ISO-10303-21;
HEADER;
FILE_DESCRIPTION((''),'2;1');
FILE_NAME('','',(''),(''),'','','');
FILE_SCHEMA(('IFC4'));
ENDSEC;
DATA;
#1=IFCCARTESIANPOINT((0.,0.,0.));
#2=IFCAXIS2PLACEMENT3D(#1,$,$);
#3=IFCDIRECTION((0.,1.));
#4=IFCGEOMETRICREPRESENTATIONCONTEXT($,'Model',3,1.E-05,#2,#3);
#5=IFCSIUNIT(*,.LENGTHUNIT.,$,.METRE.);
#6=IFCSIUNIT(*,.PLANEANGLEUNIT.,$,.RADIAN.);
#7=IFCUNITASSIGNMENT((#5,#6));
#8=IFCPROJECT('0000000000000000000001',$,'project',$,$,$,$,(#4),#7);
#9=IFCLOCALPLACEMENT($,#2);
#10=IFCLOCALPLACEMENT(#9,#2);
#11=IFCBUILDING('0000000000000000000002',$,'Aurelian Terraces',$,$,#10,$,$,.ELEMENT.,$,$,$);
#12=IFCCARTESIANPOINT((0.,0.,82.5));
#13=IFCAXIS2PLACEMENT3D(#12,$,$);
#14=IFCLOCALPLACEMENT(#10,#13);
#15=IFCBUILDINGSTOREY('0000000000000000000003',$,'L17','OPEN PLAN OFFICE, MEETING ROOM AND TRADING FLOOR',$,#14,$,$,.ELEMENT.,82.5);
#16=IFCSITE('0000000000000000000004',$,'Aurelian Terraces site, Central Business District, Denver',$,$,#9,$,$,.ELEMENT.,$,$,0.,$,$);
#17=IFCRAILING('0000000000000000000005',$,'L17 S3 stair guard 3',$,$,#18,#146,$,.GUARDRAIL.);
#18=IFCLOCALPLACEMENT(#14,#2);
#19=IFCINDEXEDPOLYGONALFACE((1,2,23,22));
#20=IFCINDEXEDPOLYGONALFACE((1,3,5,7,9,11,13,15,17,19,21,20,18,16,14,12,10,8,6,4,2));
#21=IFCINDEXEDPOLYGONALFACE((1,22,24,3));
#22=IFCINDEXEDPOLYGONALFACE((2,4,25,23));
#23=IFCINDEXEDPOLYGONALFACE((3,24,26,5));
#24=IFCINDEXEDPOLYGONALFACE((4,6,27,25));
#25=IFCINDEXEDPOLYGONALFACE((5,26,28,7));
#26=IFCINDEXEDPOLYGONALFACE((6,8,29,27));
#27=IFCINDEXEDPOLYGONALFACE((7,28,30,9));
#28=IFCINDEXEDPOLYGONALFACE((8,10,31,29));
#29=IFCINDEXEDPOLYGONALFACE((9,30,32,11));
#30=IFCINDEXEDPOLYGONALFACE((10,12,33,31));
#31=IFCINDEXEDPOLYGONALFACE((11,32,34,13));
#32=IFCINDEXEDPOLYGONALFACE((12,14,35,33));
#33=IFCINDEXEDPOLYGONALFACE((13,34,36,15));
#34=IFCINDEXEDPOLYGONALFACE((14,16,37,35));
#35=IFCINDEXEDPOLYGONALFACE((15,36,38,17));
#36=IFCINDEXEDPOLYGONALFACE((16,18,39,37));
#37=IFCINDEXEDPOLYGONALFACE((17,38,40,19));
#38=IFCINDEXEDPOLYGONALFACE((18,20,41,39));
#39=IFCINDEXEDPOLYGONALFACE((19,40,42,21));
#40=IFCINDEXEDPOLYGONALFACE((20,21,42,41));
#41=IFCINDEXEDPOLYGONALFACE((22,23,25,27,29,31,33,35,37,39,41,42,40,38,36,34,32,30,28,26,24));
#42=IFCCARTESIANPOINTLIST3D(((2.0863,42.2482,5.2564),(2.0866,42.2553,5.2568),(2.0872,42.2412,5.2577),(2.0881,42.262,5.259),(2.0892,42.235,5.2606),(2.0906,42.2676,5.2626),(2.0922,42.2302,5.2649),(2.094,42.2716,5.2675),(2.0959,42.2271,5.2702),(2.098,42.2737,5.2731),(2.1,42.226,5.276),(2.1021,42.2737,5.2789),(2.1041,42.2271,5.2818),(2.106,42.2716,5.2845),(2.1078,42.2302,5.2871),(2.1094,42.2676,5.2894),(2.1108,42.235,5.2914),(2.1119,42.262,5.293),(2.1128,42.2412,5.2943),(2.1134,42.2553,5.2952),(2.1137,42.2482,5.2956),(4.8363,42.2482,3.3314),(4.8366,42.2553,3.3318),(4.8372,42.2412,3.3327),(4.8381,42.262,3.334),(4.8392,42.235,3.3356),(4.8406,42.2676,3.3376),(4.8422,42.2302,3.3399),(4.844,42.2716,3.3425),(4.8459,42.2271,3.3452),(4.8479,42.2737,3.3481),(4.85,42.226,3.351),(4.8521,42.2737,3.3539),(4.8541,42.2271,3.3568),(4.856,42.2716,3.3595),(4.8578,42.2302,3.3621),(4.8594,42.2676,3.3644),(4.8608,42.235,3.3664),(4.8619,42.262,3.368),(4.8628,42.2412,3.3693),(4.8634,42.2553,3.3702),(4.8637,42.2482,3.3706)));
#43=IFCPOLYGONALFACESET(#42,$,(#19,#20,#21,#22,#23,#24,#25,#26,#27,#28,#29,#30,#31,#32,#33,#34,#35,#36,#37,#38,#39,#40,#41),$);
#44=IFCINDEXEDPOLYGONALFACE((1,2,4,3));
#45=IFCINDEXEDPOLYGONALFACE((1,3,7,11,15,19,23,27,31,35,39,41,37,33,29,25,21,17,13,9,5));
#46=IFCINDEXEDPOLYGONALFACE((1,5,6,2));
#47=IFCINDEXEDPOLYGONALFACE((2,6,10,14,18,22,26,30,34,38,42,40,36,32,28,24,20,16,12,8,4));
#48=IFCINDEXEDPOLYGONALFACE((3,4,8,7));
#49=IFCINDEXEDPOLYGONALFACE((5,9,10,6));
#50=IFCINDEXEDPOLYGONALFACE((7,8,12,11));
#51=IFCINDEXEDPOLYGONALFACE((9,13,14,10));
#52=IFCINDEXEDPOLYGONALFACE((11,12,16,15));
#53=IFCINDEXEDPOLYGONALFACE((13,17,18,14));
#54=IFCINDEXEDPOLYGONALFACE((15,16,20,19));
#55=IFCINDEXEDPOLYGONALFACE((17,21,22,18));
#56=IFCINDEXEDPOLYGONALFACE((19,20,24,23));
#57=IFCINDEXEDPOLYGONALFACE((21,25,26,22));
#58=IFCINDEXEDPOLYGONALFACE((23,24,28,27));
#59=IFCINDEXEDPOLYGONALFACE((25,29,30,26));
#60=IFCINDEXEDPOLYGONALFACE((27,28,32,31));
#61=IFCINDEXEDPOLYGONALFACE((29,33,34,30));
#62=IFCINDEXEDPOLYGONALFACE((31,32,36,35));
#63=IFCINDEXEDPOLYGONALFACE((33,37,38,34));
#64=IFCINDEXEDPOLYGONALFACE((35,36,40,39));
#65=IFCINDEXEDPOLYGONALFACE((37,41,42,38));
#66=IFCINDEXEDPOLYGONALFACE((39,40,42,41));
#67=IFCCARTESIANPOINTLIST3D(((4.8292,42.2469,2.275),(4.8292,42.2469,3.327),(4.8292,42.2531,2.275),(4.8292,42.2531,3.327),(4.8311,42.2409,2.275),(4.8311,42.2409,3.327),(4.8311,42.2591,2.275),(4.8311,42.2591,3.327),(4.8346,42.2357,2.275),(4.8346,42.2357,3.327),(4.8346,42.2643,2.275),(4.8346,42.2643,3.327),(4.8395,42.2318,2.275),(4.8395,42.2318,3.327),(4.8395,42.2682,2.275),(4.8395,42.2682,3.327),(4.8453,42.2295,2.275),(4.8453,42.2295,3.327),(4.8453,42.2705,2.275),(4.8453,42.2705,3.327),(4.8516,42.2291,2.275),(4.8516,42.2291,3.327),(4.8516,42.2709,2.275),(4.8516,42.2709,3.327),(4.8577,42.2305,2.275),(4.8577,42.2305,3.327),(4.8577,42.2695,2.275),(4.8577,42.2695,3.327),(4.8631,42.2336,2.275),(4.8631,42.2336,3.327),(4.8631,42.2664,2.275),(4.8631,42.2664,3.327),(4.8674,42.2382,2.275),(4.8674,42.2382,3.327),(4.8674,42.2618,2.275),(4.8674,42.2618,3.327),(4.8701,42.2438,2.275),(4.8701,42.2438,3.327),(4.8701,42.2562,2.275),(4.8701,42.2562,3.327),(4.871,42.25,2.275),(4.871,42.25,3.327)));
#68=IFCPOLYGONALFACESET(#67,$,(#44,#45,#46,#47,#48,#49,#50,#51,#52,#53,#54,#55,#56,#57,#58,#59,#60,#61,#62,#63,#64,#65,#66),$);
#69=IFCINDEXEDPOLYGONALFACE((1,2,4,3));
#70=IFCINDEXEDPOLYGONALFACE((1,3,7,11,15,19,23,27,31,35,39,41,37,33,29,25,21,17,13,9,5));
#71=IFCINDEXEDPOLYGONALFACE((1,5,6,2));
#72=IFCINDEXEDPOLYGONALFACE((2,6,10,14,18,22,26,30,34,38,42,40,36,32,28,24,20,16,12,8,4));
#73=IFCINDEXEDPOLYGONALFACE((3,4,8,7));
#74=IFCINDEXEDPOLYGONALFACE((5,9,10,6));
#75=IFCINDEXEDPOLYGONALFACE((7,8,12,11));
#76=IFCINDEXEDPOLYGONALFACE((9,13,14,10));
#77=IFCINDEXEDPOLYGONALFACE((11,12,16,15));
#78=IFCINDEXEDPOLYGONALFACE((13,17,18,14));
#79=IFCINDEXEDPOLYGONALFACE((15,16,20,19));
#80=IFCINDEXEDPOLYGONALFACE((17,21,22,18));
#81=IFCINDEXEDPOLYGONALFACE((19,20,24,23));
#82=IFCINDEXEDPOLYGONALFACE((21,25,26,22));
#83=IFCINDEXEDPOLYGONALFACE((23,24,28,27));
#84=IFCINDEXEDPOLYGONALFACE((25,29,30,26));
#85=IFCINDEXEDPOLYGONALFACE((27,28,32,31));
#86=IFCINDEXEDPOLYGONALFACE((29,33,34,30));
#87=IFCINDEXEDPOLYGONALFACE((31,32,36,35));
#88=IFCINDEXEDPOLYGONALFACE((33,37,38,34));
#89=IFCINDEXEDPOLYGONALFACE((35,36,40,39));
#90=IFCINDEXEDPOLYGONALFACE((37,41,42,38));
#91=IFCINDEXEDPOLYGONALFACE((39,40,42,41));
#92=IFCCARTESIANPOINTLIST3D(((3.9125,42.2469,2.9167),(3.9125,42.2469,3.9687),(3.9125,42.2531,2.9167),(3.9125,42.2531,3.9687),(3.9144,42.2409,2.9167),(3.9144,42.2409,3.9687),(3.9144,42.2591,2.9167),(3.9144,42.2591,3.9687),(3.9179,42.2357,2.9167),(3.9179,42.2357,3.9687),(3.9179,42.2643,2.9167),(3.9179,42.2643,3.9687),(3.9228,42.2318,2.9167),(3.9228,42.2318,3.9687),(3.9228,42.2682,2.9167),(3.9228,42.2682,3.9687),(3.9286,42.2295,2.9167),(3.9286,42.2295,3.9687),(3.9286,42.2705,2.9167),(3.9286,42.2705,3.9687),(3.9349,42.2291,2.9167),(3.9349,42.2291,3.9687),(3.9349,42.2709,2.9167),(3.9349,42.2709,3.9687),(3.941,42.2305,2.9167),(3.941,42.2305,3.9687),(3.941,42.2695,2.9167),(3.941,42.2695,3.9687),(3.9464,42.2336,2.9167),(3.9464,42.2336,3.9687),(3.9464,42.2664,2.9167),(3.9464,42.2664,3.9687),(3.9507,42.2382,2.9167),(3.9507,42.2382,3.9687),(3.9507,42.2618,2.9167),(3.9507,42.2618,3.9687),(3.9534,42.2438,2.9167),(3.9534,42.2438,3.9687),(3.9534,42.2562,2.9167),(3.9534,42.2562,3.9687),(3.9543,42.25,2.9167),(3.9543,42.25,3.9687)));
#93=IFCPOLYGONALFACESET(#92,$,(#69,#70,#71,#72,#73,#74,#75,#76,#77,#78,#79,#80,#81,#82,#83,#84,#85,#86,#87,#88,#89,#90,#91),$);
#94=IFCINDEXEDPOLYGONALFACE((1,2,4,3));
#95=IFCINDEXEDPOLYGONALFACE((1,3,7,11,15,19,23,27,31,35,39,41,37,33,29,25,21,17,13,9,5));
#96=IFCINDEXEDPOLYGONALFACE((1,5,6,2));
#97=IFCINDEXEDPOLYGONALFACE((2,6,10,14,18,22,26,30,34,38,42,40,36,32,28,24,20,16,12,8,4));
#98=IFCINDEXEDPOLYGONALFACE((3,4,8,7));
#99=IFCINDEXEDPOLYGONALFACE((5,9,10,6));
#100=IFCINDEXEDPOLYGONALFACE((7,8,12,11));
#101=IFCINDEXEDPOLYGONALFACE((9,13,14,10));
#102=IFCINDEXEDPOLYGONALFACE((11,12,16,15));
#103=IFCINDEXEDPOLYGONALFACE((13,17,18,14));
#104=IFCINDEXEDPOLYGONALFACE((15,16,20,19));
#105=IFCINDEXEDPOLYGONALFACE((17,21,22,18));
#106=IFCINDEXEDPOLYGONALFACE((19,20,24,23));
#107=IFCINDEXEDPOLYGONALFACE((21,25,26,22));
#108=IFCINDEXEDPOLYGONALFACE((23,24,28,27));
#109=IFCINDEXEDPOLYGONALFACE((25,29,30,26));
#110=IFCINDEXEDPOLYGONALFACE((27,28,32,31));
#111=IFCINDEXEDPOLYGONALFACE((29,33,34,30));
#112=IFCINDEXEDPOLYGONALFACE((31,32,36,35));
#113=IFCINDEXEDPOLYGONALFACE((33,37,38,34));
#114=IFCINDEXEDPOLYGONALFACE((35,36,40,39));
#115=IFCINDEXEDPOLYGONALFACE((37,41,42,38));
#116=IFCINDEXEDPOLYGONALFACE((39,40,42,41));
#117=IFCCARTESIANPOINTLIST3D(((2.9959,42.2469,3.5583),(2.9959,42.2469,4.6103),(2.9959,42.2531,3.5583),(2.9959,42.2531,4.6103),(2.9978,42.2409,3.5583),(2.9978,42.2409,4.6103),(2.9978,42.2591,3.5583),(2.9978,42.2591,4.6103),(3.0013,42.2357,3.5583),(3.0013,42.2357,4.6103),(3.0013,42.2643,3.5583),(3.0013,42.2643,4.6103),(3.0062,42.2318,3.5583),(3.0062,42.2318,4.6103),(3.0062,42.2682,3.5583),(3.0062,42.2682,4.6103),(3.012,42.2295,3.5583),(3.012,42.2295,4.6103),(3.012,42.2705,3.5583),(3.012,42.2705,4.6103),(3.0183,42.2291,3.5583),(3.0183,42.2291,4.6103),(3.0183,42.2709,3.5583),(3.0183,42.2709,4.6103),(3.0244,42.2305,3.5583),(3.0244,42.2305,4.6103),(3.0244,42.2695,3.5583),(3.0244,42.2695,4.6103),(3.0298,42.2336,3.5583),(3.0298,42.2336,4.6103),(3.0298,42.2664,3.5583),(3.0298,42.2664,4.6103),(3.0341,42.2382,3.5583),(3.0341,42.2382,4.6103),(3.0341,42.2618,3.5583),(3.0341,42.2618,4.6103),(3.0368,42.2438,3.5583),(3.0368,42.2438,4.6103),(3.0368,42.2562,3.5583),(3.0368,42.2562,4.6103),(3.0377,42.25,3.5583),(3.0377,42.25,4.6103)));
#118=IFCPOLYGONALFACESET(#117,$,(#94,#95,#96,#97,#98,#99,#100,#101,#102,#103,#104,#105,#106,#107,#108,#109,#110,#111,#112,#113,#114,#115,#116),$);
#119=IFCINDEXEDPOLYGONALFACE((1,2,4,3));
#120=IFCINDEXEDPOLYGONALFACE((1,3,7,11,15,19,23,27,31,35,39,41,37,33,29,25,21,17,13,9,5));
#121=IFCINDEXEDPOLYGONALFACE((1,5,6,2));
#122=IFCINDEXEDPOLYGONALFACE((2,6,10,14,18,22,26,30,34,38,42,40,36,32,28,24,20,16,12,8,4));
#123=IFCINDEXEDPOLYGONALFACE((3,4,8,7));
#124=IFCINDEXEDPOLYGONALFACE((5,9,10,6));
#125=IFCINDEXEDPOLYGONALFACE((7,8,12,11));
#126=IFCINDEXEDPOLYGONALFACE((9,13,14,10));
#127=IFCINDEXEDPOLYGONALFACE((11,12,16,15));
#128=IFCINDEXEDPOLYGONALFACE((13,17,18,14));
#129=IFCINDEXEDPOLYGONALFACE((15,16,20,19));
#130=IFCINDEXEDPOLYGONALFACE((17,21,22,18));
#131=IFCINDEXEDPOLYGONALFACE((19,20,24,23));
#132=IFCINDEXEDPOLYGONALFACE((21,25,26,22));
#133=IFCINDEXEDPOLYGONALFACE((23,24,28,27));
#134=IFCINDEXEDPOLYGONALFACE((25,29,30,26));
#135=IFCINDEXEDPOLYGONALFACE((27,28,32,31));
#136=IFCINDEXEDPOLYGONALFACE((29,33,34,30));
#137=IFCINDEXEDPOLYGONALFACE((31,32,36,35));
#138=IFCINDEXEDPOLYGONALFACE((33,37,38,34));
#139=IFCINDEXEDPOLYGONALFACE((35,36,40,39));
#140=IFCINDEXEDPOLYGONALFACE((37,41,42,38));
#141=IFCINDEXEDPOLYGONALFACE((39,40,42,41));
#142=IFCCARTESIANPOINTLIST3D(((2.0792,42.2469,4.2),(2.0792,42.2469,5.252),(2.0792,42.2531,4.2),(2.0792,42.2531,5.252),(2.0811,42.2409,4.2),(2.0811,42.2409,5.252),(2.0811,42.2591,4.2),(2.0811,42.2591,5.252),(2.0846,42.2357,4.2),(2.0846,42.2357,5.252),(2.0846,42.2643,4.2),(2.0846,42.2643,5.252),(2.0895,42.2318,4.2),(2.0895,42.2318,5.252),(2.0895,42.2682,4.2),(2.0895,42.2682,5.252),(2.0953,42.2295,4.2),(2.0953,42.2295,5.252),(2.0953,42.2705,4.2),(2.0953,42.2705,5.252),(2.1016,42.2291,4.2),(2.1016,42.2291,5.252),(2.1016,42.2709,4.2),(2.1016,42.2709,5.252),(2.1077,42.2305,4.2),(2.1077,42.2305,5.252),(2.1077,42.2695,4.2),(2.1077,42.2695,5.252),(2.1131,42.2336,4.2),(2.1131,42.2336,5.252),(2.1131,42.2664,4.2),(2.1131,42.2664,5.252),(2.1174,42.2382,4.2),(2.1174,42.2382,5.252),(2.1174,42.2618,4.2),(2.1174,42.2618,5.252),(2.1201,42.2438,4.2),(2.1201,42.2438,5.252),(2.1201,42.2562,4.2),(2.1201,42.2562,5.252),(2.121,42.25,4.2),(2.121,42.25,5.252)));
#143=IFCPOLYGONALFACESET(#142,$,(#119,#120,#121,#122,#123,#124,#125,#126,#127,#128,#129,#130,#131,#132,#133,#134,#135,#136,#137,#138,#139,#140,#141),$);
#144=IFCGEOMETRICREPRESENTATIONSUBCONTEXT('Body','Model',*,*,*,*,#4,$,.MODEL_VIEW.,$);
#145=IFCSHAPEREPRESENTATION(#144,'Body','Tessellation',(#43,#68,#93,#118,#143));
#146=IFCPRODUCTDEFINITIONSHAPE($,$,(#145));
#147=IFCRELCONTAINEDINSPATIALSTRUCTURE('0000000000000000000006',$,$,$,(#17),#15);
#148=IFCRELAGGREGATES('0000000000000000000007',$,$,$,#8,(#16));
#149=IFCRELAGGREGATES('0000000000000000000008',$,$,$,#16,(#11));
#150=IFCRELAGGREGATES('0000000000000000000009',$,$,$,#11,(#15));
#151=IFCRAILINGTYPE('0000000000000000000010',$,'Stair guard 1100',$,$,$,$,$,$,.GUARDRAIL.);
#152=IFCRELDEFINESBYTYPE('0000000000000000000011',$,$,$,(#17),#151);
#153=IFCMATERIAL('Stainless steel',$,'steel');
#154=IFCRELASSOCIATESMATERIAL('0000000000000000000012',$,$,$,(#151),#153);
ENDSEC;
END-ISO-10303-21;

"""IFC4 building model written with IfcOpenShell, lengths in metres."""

from ifc_helpers import new_model, si_unit, direction, frame, origin, origin_2d, place, context, subcontext, project, spatial, circle, extrude, source, transform, mapped, material, type_object, element, save


model = new_model("IFC4")

# Units and contexts
model_context = context("Model", 3, precision=1e-05, world=origin(), true_north=direction((0.0, 1.0)))
body_context = subcontext(model_context, "Body", "Model", "MODEL_VIEW")
ifc_project = project(units=[si_unit("LENGTHUNIT", "METRE"), si_unit("PLANEANGLEUNIT", "RADIAN")], contexts=[model_context])

# Site, building, storey
site_placement = place(None, origin())
site = spatial("IfcSite", under=ifc_project, at=site_placement, Name="Aurelian Terraces site, Central Business District, Denver", CompositionType="ELEMENT", RefElevation=0.0)
building_placement = place(site_placement, origin())
building = spatial("IfcBuilding", under=site, at=building_placement, Name="Aurelian Terraces", CompositionType="ELEMENT")
storey_placement = place(building_placement, frame((0.0, 0.0, 82.5)))
storey = spatial("IfcBuildingStorey", under=building, at=storey_placement, Name="L17", Description="OPEN PLAN OFFICE, MEETING ROOM AND TRADING FLOOR", CompositionType="ELEMENT", Elevation=82.5)

# Railing
ifc_material_1 = material(Name="Stainless steel", Category="steel")
railing_type_1 = type_object("IfcRailingType", Name="Stair guard 1100", PredefinedType="GUARDRAIL", material=ifc_material_1)
shared_shape_1 = source(origin(), body_context, "Body", "SweptSolid", [
    extrude(circle(Radius=0.024, at=origin_2d()), frame((0.0, 0.0, 1.076), z_axis=(-0.819232, 0.0, 0.573462), x_axis=(0.0, -1.0, 0.0)), (0.0, 0.0, 1.0), 3.3568),
    extrude(circle(Radius=0.021, at=origin_2d()), origin(), (0.0, 0.0, 1.0), 1.052),
    extrude(circle(Radius=0.021, at=origin_2d()), frame((-0.9167, 0.0, 0.6417)), (0.0, 0.0, 1.0), 1.052),
    extrude(circle(Radius=0.021, at=origin_2d()), frame((-1.8333, 0.0, 1.2833)), (0.0, 0.0, 1.0), 1.052),
    extrude(circle(Radius=0.021, at=origin_2d()), frame((-2.75, 0.0, 1.925)), (0.0, 0.0, 1.0), 1.052),
])
railing_1_placement = place(storey_placement, frame((4.85, 42.25, 2.275)))
element("IfcRailing", 1, at=railing_1_placement, inside=storey, type_object=railing_type_1, Name="L17 S3 stair guard 3", PredefinedType="GUARDRAIL", context=body_context, shape_type="MappedRepresentation", body=[
    mapped(shared_shape_1, transform((0.0, 0.0, 0.0), scale=1.0)),
])

save(model, "model.ifc")
